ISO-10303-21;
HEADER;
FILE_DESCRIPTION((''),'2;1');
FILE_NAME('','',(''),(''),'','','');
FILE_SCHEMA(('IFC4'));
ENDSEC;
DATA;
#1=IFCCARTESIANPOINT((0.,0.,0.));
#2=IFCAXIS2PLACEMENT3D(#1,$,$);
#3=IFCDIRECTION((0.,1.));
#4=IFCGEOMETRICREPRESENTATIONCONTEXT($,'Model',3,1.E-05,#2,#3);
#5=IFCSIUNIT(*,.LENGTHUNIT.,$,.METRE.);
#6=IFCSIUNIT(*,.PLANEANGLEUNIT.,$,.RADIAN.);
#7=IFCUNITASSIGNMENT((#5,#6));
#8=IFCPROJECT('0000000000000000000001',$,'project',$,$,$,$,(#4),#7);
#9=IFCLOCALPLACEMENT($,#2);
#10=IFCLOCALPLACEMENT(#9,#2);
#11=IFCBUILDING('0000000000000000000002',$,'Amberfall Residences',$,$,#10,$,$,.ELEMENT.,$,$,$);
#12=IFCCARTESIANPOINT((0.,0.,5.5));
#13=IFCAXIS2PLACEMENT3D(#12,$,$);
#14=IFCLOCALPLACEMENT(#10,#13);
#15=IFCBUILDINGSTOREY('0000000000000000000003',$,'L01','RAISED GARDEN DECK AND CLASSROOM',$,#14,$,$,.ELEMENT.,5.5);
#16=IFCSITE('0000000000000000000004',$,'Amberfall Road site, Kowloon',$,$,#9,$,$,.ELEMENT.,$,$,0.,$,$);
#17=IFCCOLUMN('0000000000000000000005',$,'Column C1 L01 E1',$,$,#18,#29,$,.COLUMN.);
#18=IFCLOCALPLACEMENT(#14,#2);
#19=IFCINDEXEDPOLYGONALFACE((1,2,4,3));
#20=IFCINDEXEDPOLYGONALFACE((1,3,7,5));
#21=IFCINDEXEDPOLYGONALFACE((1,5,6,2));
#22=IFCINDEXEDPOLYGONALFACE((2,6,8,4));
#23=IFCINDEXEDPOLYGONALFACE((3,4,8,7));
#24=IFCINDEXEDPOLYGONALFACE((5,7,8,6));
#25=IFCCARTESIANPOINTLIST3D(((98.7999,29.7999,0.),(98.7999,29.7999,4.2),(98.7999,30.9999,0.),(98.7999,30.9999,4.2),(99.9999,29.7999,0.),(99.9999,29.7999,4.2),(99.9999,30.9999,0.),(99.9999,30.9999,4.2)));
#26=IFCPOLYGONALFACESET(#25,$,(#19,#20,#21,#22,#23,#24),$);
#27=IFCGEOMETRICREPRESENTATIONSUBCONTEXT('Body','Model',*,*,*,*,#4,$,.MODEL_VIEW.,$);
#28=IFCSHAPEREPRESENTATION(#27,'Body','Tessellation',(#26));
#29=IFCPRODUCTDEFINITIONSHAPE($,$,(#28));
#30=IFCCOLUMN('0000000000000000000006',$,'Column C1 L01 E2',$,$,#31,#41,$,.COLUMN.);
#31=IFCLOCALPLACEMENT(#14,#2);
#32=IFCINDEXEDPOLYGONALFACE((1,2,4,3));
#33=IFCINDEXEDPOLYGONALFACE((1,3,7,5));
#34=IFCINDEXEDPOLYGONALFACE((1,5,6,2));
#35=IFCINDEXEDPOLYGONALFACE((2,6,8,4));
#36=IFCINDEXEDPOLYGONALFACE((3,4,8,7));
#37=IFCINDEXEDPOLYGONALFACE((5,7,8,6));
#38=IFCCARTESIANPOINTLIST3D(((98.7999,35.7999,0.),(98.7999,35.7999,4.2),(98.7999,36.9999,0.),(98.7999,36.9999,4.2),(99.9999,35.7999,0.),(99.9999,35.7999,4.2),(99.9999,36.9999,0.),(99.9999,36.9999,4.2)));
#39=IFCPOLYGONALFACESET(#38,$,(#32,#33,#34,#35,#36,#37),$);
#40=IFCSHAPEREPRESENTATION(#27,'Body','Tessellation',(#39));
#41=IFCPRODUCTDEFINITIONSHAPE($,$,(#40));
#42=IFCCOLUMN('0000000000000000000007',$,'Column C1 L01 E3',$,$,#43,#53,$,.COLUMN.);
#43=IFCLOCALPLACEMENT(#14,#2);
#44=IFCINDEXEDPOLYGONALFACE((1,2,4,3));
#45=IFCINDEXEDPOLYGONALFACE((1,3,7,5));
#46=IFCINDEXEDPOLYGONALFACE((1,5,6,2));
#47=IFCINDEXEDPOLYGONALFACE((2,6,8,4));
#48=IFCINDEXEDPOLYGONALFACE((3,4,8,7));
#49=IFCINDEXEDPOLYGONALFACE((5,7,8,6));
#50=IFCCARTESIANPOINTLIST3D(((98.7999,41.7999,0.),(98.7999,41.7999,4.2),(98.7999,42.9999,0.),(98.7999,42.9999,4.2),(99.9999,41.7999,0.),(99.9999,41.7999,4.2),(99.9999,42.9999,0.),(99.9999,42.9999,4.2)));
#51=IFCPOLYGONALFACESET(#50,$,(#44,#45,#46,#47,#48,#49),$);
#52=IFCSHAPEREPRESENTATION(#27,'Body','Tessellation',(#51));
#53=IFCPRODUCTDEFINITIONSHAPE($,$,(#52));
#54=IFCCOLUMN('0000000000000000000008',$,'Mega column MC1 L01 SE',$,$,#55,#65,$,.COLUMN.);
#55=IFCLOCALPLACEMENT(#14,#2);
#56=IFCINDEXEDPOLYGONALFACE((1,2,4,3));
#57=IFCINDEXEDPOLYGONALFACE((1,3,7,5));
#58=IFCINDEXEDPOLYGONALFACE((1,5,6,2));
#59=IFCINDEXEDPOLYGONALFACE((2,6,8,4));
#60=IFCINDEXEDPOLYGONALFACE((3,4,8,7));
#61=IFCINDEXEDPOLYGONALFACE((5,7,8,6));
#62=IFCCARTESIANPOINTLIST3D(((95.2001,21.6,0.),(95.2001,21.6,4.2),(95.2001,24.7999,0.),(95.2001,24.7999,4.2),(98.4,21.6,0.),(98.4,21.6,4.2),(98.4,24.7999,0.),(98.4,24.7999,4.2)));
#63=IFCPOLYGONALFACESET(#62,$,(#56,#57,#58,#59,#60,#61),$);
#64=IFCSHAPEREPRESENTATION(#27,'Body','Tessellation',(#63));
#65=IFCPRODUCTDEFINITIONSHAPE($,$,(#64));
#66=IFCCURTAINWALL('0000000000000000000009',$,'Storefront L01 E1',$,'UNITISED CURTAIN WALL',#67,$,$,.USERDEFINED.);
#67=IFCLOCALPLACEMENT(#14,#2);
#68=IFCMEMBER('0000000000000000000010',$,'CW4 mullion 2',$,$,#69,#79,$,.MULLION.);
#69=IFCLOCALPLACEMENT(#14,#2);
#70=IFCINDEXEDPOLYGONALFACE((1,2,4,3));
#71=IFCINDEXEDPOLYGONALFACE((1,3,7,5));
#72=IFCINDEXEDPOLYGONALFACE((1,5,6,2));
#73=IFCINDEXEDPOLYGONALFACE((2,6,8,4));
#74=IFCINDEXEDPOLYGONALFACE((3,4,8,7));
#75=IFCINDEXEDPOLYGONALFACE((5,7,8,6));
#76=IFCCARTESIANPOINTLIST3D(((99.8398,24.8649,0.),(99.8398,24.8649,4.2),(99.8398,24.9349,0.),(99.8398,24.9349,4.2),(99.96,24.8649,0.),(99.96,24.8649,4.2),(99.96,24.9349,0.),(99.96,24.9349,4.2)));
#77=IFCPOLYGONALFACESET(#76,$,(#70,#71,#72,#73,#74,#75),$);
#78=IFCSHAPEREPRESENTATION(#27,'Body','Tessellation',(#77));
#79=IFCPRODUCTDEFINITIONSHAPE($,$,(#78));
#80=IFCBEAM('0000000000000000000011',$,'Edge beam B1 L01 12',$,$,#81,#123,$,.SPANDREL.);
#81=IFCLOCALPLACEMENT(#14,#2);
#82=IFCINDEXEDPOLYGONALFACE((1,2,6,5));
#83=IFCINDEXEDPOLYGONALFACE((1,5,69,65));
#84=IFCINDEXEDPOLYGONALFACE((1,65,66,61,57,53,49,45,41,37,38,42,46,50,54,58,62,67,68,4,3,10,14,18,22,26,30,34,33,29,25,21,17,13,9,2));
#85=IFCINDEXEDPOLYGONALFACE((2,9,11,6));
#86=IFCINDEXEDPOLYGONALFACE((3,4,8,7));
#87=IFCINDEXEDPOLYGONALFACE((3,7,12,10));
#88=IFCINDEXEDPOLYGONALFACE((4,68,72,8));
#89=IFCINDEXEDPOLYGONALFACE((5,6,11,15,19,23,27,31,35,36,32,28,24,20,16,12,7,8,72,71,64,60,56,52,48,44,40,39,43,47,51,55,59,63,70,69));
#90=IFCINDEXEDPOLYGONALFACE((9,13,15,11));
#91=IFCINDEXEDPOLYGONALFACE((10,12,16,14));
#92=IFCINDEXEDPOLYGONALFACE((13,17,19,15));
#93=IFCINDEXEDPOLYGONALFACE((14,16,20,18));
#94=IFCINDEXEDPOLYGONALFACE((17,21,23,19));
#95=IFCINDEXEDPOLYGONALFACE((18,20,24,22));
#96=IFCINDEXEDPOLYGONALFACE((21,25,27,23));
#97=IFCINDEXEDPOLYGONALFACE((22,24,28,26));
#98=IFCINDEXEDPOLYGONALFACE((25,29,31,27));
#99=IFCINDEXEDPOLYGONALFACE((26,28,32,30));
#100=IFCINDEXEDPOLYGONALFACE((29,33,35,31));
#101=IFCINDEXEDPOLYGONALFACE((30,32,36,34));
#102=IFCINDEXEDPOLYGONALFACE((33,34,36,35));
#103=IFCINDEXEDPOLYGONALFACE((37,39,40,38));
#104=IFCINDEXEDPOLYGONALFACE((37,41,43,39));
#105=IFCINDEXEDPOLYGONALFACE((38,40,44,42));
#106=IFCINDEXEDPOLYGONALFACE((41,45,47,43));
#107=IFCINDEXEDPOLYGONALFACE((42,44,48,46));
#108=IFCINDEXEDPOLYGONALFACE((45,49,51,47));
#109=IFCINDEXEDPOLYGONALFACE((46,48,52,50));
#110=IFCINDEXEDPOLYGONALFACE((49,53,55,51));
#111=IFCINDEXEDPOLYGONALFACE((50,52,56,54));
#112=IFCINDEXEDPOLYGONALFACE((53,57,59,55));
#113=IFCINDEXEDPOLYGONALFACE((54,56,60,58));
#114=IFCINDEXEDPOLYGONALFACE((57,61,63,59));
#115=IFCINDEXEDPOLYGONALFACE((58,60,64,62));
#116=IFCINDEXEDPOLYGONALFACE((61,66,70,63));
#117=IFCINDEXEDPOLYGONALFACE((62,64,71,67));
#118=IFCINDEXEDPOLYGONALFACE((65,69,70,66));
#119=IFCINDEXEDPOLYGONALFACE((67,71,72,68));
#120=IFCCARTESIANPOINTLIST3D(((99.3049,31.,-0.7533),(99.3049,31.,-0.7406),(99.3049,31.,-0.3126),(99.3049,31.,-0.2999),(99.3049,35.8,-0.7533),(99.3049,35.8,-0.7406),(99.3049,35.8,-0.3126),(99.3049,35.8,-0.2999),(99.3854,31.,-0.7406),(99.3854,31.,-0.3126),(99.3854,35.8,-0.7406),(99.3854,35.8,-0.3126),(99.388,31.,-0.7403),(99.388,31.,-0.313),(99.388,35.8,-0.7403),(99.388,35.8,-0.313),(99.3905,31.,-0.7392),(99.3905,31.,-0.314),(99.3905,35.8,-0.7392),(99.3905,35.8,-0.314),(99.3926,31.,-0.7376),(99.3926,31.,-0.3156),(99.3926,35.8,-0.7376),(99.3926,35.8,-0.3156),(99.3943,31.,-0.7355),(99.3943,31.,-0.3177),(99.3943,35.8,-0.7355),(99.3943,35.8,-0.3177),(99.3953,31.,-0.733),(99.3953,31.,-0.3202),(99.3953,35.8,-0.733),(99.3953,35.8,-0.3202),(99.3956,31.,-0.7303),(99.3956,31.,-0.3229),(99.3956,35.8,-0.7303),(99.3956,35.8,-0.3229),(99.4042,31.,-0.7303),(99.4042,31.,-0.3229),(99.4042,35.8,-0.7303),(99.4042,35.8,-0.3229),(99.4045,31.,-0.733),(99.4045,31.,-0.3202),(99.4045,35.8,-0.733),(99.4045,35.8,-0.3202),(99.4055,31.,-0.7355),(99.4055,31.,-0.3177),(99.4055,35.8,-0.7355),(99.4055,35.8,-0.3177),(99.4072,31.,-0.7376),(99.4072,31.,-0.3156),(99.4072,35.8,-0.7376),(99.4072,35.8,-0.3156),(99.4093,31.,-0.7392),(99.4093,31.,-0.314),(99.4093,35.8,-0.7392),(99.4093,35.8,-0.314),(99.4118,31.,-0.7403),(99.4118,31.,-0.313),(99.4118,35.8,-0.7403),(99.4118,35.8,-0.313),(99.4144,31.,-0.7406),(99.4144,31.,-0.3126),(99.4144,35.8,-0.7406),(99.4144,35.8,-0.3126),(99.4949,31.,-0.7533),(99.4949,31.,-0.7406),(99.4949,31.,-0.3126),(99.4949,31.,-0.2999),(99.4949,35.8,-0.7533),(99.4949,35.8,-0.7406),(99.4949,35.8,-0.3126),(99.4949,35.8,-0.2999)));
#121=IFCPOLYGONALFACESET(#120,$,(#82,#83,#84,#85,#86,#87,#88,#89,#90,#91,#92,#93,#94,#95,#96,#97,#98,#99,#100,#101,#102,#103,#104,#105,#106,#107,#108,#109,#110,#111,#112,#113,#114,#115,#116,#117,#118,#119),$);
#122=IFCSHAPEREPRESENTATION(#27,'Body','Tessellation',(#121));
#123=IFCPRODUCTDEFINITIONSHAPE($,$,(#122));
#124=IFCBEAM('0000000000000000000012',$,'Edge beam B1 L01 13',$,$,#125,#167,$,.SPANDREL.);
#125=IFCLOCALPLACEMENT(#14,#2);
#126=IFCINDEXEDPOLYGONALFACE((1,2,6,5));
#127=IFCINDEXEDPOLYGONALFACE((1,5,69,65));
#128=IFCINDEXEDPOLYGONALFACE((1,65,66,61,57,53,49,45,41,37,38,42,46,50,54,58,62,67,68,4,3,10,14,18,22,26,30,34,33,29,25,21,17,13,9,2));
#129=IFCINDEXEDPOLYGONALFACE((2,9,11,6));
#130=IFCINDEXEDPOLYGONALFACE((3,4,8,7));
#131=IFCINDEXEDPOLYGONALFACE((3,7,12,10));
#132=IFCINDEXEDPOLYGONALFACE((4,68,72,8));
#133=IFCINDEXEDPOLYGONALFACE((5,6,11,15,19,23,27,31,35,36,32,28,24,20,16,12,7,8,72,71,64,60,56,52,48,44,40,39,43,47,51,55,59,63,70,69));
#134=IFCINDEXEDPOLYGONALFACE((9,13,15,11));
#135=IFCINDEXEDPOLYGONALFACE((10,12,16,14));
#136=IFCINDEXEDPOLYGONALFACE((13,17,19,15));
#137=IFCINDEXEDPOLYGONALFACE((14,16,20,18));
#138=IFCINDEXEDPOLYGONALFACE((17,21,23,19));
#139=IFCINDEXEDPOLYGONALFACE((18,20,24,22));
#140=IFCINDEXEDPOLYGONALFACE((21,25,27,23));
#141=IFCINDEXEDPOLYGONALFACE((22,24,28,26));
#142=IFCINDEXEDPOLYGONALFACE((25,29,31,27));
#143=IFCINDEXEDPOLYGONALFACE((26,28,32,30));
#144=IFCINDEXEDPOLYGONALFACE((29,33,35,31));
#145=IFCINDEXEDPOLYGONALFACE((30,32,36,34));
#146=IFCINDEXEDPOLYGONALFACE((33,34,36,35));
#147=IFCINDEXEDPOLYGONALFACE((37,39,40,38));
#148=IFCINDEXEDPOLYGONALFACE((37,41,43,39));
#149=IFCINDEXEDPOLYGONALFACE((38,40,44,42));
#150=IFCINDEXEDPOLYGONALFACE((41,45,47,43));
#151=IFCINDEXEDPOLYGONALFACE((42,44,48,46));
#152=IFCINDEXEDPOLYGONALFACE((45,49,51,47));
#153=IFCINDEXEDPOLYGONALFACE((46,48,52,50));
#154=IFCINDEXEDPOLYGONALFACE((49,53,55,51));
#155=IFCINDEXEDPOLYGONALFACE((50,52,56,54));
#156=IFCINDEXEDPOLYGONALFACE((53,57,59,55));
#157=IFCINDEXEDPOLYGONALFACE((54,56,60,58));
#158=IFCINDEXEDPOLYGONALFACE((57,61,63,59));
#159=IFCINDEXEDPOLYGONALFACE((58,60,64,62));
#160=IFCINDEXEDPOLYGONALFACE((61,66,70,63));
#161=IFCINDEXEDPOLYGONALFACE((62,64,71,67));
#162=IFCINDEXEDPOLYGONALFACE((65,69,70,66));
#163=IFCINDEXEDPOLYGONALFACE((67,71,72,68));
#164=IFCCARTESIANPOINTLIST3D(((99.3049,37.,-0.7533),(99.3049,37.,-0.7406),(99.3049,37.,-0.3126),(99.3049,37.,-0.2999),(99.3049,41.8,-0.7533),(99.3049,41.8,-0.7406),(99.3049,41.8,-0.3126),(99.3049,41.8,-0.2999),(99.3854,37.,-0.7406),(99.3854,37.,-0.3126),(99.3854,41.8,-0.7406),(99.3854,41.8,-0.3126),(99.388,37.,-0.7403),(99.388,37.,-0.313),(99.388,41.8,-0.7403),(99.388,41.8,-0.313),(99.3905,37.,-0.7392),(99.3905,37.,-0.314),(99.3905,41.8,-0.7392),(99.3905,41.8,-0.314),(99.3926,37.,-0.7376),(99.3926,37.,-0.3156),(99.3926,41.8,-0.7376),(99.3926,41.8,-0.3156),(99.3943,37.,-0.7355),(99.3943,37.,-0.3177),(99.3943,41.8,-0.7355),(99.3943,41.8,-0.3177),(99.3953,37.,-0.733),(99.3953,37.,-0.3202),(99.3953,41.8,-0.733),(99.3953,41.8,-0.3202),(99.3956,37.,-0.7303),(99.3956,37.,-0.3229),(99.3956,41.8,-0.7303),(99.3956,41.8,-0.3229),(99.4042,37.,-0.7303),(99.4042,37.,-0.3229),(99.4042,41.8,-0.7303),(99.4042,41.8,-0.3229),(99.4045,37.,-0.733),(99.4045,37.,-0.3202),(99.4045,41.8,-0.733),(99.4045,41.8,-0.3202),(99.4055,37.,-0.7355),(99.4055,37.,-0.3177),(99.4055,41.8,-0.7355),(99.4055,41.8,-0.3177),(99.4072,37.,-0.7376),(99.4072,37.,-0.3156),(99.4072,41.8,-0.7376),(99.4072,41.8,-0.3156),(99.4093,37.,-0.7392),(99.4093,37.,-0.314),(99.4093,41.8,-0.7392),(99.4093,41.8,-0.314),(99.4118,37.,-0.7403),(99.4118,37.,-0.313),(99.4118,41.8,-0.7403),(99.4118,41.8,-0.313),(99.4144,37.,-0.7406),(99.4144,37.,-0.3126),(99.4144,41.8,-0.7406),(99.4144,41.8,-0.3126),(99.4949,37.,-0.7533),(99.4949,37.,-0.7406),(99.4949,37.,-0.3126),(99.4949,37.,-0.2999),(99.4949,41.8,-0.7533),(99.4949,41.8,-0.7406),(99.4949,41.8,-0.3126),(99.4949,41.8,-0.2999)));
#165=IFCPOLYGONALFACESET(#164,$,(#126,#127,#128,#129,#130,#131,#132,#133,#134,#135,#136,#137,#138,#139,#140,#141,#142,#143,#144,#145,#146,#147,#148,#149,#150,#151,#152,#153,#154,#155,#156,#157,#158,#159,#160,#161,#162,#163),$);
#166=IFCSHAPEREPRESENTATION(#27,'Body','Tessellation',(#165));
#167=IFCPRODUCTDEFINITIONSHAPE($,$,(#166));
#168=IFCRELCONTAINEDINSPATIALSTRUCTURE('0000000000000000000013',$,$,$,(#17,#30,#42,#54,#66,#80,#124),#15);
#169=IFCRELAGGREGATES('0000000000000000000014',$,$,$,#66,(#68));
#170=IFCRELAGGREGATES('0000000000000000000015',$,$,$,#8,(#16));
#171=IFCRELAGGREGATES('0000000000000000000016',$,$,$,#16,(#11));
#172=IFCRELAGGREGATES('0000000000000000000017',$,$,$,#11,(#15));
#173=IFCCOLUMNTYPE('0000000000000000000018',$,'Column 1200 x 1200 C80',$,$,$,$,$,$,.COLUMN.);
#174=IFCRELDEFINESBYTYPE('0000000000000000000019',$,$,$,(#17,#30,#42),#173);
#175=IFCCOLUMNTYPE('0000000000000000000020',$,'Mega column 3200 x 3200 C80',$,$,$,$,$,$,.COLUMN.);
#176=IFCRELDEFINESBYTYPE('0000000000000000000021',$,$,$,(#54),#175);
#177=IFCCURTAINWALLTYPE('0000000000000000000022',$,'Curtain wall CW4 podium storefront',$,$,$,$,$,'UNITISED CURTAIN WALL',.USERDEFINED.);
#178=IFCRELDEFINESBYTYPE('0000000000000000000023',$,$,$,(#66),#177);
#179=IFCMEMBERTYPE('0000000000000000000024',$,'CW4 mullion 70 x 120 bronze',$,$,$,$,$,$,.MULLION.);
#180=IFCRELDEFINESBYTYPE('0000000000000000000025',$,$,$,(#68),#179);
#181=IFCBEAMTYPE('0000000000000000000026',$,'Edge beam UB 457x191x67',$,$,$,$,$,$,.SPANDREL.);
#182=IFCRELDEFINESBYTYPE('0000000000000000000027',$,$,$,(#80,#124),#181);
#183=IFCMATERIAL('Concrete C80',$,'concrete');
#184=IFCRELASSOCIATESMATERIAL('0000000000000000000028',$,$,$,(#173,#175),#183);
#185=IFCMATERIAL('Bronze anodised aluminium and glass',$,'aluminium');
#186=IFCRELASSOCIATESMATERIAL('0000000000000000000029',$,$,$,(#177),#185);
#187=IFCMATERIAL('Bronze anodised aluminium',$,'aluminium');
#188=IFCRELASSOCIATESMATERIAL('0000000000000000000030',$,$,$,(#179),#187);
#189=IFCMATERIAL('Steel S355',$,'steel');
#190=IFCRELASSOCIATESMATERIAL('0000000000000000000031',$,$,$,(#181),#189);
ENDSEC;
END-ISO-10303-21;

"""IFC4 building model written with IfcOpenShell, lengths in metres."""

from ifc_helpers import new_model, si_unit, direction, frame, origin, origin_2d, place, context, subcontext, project, spatial, rectangle, i_section, extrude, material, material_profile, profile_set, type_object, element, aggregate, save


model = new_model("IFC4")

# Units and contexts
model_context = context("Model", 3, precision=1e-05, world=origin(), true_north=direction((0.0, 1.0)))
body_context = subcontext(model_context, "Body", "Model", "MODEL_VIEW")
ifc_project = project(units=[si_unit("LENGTHUNIT", "METRE"), si_unit("PLANEANGLEUNIT", "RADIAN")], contexts=[model_context])

# Site, building, storey
site_placement = place(None, origin())
site = spatial("IfcSite", under=ifc_project, at=site_placement, Name="Amberfall Road site, Kowloon", CompositionType="ELEMENT", RefElevation=0.0)
building_placement = place(site_placement, origin())
building = spatial("IfcBuilding", under=site, at=building_placement, Name="Amberfall Residences", CompositionType="ELEMENT")
storey_placement = place(building_placement, frame((0.0, 0.0, 5.5)))
storey = spatial("IfcBuildingStorey", under=building, at=storey_placement, Name="L01", Description="RAISED GARDEN DECK AND CLASSROOM", CompositionType="ELEMENT", Elevation=5.5)

# Columns
ifc_material_1 = material(Name="Concrete C80", Category="concrete")
ifc_material_profile_1 = material_profile(ifc_material_1, rectangle(XDim=1.2, YDim=1.2, at=origin_2d()), Name="Column 1200 x 1200 C80")
ifc_profile_set_1 = profile_set([ifc_material_profile_1], Name="Concrete C80")
column_type_1 = type_object("IfcColumnType", Name="Column 1200 x 1200 C80", PredefinedType="COLUMN", material=ifc_profile_set_1)
for number, where, z_axis, x_axis, name in (
    (1, (99.3999, 30.3999, 0.0), (0.0, 0.0, 1.0), (1.0, 0.0, 0.0), "Column C1 L01 E1"),
    (2, (99.3999, 36.3999, 0.0), (0.0, 0.0, 1.0), (1.0, 0.0, 0.0), "Column C1 L01 E2"),
    (3, (99.3999, 42.3999, 0.0), (0.0, 0.0, 1.0), (1.0, 0.0, 0.0), "Column C1 L01 E3"),
):
    element("IfcColumn", number, at=place(storey_placement, frame(where, z_axis=z_axis, x_axis=x_axis)), inside=storey, type_object=column_type_1, Name=name, PredefinedType="COLUMN", context=body_context, shape_type="SweptSolid", body=[
        extrude(rectangle(XDim=1.2, YDim=1.2, at=origin_2d()), origin(), (0.0, 0.0, 1.0), 4.2),
    ])
ifc_material_profile_2 = material_profile(ifc_material_1, rectangle(XDim=3.2, YDim=3.2, at=origin_2d()), Name="Mega column 3200 x 3200 C80")
ifc_profile_set_2 = profile_set([ifc_material_profile_2], Name="Concrete C80")
column_type_2 = type_object("IfcColumnType", Name="Mega column 3200 x 3200 C80", PredefinedType="COLUMN", material=ifc_profile_set_2)
column_placement = place(storey_placement, frame((96.8, 23.2, 0.0), z_axis=(0.0, 0.0, 1.0), x_axis=(1.0, 0.0, 0.0)))
element("IfcColumn", 4, at=column_placement, inside=storey, type_object=column_type_2, Name="Mega column MC1 L01 SE", PredefinedType="COLUMN", context=body_context, shape_type="SweptSolid", body=[
    extrude(rectangle(XDim=3.2, YDim=3.2, at=origin_2d()), origin(), (0.0, 0.0, 1.0), 4.2),
])

# Curtain wall, member
ifc_material_2 = material(Name="Bronze anodised aluminium and glass", Category="aluminium")
curtain_wall_type = type_object("IfcCurtainWallType", Name="Curtain wall CW4 podium storefront", ElementType="UNITISED CURTAIN WALL", PredefinedType="USERDEFINED", material=ifc_material_2)
curtain_wall_placement = place(storey_placement, origin())
curtain_wall = element("IfcCurtainWall", 5, at=curtain_wall_placement, inside=storey, type_object=curtain_wall_type, Name="Storefront L01 E1", ObjectType="UNITISED CURTAIN WALL", PredefinedType="USERDEFINED")
ifc_material_3 = material(Name="Bronze anodised aluminium", Category="aluminium")
ifc_material_profile_3 = material_profile(ifc_material_3, rectangle(XDim=0.1201, YDim=0.0701, at=origin_2d()), Name="CW4 mullion 70 x 120 bronze")
ifc_profile_set_3 = profile_set([ifc_material_profile_3], Name="Bronze anodised aluminium")
member_type = type_object("IfcMemberType", Name="CW4 mullion 70 x 120 bronze", PredefinedType="MULLION", material=ifc_profile_set_3)
member_placement = place(storey_placement, frame((99.8999, 24.8999, 0.0), z_axis=(0.0, 0.0, 1.0), x_axis=(-1.0, 0.0, 0.0)))
member = element("IfcMember", 6, at=member_placement, type_object=member_type, Name="CW4 mullion 2", PredefinedType="MULLION", context=body_context, shape_type="SweptSolid", body=[
    extrude(rectangle(XDim=0.1201, YDim=0.0701, at=origin_2d()), origin(), (0.0, 0.0, 1.0), 4.2),
])

# Beams
ifc_material_4 = material(Name="Steel S355", Category="steel")
ifc_material_profile_4 = material_profile(ifc_material_4, i_section(OverallWidth=0.1899, OverallDepth=0.4534, WebThickness=0.0085, FlangeThickness=0.0127, FilletRadius=0.0103, at=origin_2d()), Name="UB 457x191x67")
ifc_profile_set_4 = profile_set([ifc_material_profile_4], Name="Steel S355")
beam_type_1 = type_object("IfcBeamType", Name="Edge beam UB 457x191x67", PredefinedType="SPANDREL", material=ifc_profile_set_4)
for number, where, z_axis, x_axis, name in (
    (7, (99.3999, 31.0, -0.5266), (0.0, 1.0, 0.0), (-1.0, 0.0, 0.0), "Edge beam B1 L01 12"),
    (8, (99.3999, 37.0, -0.5266), (0.0, 1.0, 0.0), (-1.0, 0.0, 0.0), "Edge beam B1 L01 13"),
):
    element("IfcBeam", number, at=place(storey_placement, frame(where, z_axis=z_axis, x_axis=x_axis)), inside=storey, type_object=beam_type_1, Name=name, PredefinedType="SPANDREL", context=body_context, shape_type="SweptSolid", body=[
        extrude(i_section(OverallWidth=0.1899, OverallDepth=0.4534, WebThickness=0.0085, FlangeThickness=0.0127, FilletRadius=0.0103, at=origin_2d()), origin(), (0.0, 0.0, 1.0), 4.8),
    ])

aggregate(curtain_wall, [member])

save(model, "model.ifc")
